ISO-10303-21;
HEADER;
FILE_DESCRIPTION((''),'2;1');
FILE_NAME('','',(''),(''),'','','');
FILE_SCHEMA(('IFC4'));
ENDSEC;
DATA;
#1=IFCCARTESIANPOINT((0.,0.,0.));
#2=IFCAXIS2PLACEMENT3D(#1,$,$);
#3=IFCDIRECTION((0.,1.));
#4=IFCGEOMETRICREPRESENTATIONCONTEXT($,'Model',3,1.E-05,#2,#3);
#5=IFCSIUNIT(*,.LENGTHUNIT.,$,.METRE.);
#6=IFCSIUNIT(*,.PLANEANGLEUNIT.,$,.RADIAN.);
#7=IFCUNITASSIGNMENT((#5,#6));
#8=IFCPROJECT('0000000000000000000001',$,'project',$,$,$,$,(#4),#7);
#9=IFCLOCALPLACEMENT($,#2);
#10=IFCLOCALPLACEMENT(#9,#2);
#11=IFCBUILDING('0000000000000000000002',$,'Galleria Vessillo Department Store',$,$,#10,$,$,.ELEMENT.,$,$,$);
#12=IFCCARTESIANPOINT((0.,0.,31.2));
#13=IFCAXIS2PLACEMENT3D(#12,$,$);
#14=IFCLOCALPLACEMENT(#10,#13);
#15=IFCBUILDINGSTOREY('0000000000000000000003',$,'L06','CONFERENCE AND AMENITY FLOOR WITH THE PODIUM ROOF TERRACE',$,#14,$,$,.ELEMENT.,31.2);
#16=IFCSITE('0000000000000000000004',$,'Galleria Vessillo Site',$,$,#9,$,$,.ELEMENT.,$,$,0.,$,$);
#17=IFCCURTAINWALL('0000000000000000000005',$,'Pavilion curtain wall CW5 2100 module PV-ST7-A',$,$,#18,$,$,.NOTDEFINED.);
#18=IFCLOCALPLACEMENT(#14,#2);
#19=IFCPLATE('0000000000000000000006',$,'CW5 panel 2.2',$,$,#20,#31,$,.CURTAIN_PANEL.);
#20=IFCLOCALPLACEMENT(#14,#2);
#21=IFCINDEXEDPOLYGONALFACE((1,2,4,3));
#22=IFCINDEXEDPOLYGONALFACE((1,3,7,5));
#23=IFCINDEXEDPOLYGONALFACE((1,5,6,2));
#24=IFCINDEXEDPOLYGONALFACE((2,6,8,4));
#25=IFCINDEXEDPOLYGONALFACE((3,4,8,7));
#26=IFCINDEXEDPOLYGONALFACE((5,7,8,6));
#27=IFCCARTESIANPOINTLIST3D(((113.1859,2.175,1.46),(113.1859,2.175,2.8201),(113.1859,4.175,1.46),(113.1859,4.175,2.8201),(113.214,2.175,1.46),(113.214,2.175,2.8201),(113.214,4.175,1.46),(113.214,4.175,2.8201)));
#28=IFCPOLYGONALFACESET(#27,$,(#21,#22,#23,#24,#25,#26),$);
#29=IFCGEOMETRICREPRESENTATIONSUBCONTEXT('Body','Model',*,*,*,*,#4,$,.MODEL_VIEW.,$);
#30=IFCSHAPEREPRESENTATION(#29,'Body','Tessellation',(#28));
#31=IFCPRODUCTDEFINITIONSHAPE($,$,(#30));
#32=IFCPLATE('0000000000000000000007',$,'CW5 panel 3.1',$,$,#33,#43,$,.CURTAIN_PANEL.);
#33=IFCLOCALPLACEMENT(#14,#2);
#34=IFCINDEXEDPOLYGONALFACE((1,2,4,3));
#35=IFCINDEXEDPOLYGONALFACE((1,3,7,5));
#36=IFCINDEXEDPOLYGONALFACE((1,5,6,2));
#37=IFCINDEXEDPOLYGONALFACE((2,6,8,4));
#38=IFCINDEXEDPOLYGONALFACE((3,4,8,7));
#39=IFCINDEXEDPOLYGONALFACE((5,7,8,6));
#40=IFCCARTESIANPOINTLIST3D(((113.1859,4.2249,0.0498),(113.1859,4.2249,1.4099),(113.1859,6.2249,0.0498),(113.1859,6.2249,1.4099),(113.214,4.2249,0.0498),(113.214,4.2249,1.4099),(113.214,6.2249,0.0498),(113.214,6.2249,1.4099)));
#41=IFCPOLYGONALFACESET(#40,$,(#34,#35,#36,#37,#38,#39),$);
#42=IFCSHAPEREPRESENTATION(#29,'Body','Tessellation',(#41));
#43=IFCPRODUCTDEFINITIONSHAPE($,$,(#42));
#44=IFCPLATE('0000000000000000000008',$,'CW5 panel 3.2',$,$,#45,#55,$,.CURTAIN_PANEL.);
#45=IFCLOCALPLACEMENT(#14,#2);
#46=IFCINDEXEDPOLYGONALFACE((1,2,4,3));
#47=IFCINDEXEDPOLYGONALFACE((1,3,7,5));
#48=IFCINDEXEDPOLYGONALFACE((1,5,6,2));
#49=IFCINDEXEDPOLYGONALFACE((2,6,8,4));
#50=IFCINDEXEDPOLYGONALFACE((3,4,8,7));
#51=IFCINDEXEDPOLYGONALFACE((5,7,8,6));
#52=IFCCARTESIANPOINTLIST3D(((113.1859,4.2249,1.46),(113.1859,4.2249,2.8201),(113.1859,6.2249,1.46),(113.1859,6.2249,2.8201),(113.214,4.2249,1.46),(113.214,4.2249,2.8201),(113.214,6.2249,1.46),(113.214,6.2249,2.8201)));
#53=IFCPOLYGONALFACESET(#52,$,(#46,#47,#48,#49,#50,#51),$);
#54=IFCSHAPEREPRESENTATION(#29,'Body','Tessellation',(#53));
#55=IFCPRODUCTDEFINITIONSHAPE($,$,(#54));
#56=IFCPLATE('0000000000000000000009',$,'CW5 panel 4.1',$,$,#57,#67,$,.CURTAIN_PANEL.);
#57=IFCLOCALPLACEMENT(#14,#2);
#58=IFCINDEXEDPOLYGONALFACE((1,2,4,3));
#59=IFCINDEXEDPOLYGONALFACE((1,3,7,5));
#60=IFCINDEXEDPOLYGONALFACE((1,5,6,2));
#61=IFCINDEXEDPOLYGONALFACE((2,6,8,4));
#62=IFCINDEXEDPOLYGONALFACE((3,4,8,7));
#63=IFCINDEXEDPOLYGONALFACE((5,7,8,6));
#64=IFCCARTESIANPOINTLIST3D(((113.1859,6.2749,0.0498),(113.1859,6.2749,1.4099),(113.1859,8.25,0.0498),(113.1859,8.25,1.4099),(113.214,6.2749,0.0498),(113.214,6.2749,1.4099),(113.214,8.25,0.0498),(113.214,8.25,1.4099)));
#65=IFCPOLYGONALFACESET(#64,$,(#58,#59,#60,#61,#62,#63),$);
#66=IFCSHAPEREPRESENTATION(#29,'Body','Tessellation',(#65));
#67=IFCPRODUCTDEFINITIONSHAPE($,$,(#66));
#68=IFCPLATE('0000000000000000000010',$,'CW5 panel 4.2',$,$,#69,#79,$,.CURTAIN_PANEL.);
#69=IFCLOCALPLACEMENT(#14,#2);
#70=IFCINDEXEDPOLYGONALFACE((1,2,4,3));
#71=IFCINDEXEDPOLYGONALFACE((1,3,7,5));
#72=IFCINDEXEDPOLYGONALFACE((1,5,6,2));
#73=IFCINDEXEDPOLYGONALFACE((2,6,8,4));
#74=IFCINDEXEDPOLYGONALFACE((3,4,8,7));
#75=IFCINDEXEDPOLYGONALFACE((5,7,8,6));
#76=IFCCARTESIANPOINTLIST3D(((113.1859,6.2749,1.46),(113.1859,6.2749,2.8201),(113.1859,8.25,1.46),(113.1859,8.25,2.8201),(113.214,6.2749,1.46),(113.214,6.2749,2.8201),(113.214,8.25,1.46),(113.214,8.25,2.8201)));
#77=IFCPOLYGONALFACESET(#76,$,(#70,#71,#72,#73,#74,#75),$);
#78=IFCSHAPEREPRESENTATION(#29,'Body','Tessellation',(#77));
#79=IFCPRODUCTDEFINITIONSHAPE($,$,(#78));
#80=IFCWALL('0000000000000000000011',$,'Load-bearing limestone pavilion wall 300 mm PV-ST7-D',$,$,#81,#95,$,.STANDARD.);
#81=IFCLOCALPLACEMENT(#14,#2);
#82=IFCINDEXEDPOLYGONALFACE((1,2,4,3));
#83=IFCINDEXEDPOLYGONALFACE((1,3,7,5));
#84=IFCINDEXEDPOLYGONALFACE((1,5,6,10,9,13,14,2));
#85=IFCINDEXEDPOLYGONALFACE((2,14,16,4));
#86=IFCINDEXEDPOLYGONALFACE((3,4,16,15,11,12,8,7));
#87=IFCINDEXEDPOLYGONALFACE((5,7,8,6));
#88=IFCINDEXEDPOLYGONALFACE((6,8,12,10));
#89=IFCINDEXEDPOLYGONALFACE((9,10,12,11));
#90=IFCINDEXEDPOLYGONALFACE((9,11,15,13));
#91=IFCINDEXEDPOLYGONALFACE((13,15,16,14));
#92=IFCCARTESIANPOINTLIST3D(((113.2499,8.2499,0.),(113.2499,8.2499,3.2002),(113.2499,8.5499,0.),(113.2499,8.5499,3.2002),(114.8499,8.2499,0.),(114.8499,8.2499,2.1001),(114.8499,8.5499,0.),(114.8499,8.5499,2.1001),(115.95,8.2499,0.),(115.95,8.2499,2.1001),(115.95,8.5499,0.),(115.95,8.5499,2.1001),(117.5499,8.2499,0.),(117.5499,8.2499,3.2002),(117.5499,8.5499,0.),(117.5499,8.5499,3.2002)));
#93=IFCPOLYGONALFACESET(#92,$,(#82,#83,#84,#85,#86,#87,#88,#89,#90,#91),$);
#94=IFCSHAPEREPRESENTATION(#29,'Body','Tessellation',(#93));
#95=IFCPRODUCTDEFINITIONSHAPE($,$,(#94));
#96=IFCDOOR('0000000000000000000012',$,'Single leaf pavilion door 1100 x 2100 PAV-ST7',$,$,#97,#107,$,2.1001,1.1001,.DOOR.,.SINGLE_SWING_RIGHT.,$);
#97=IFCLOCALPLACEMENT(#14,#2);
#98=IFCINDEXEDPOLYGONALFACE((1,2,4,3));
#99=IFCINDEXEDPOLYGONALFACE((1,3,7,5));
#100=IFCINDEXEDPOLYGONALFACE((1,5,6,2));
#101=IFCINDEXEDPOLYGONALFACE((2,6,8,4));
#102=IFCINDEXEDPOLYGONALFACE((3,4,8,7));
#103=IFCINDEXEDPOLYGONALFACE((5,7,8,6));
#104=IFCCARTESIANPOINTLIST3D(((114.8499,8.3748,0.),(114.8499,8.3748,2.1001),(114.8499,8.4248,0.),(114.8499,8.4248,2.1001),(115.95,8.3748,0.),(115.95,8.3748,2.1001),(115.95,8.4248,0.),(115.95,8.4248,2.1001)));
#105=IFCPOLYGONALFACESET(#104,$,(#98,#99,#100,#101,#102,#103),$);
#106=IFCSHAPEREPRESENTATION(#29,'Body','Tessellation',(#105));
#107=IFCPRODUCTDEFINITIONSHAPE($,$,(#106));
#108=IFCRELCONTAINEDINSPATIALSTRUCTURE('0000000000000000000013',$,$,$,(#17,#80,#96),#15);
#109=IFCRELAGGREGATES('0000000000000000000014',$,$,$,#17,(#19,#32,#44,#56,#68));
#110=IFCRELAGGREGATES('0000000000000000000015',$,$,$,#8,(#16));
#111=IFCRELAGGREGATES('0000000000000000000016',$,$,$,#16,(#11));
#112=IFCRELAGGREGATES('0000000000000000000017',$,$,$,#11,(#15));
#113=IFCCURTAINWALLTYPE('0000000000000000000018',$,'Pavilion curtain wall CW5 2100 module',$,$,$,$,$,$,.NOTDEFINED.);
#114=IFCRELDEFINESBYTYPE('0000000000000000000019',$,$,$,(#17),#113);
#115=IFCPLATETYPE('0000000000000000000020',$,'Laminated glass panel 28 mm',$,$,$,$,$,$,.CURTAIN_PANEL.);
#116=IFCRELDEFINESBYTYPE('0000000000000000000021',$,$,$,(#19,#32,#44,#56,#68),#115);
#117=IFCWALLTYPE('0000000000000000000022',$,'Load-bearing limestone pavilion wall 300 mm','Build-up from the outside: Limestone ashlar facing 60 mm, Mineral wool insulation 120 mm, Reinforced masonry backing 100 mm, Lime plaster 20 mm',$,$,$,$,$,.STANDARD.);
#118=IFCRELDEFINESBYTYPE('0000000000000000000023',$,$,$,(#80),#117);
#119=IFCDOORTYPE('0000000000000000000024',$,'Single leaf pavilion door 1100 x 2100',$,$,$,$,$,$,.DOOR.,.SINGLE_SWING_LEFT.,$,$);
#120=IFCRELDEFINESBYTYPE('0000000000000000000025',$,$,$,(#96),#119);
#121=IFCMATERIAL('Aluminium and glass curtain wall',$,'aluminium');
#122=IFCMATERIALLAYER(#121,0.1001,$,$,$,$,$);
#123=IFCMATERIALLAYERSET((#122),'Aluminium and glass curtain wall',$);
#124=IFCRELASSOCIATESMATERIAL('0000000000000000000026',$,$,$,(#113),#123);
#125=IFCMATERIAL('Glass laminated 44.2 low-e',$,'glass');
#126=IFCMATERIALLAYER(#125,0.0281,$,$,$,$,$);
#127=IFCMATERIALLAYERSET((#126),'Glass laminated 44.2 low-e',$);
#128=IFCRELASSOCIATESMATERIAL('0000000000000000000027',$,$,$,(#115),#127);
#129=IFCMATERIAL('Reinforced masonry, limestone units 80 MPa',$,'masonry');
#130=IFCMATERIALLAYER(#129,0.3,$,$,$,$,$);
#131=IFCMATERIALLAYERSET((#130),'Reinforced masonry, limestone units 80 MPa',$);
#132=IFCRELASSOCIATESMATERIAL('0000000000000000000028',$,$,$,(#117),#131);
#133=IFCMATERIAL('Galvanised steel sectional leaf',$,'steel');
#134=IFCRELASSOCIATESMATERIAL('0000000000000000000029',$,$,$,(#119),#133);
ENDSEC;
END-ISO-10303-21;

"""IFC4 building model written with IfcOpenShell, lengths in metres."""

from ifc_helpers import new_model, si_unit, direction, frame, frame_2d, origin, origin_2d, place, context, subcontext, project, spatial, rectangle, extrude, material, layer, layer_set, type_object, element, fill, aggregate, save


model = new_model("IFC4")

# Units and contexts
model_context = context("Model", 3, precision=1e-05, world=origin(), true_north=direction((0.0, 1.0)))
body_context = subcontext(model_context, "Body", "Model", "MODEL_VIEW")
ifc_project = project(units=[si_unit("LENGTHUNIT", "METRE"), si_unit("PLANEANGLEUNIT", "RADIAN")], contexts=[model_context])

# Site, building, storey
site_placement = place(None, origin())
site = spatial("IfcSite", under=ifc_project, at=site_placement, Name="Galleria Vessillo Site", CompositionType="ELEMENT", RefElevation=0.0)
building_placement = place(site_placement, origin())
building = spatial("IfcBuilding", under=site, at=building_placement, Name="Galleria Vessillo Department Store", CompositionType="ELEMENT")
storey_placement = place(building_placement, frame((0.0, 0.0, 31.2)))
storey = spatial("IfcBuildingStorey", under=building, at=storey_placement, Name="L06", Description="CONFERENCE AND AMENITY FLOOR WITH THE PODIUM ROOF TERRACE", CompositionType="ELEMENT", Elevation=31.2)

# Curtain wall
ifc_material_1 = material(Name="Aluminium and glass curtain wall", Category="aluminium")
ifc_layer_1 = layer(ifc_material_1, 0.1001)
ifc_layer_set_1 = layer_set([ifc_layer_1], Name="Aluminium and glass curtain wall")
curtain_wall_type = type_object("IfcCurtainWallType", Name="Pavilion curtain wall CW5 2100 module", PredefinedType="NOTDEFINED", material=ifc_layer_set_1)
curtain_wall_1_placement = place(storey_placement, origin())
curtain_wall_1 = element("IfcCurtainWall", 1, at=curtain_wall_1_placement, inside=storey, type_object=curtain_wall_type, Name="Pavilion curtain wall CW5 2100 module PV-ST7-A", PredefinedType="NOTDEFINED")

# Plates
ifc_material_2 = material(Name="Glass laminated 44.2 low-e", Category="glass")
ifc_layer_2 = layer(ifc_material_2, 0.0281)
ifc_layer_set_2 = layer_set([ifc_layer_2], Name="Glass laminated 44.2 low-e")
plate_type = type_object("IfcPlateType", Name="Laminated glass panel 28 mm", PredefinedType="CURTAIN_PANEL", material=ifc_layer_set_2)
plate_1_placement = place(storey_placement, frame((113.2, 3.175, 1.46), z_axis=(0.0, 0.0, 1.0), x_axis=(0.0, 1.0, 0.0)))
plate_1 = element("IfcPlate", 2, at=plate_1_placement, type_object=plate_type, Name="CW5 panel 2.2", PredefinedType="CURTAIN_PANEL", context=body_context, shape_type="SweptSolid", body=[
    extrude(rectangle(XDim=2.0, YDim=0.0281, at=origin_2d()), origin(), (0.0, 0.0, 1.0), 1.3601),
])
plate_2_placement = place(storey_placement, frame((113.2, 5.2249, 0.0498), z_axis=(0.0, 0.0, 1.0), x_axis=(0.0, 1.0, 0.0)))
plate_2 = element("IfcPlate", 3, at=plate_2_placement, type_object=plate_type, Name="CW5 panel 3.1", PredefinedType="CURTAIN_PANEL", context=body_context, shape_type="SweptSolid", body=[
    extrude(rectangle(XDim=2.0, YDim=0.0281, at=origin_2d()), origin(), (0.0, 0.0, 1.0), 1.3601),
])
plate_3_placement = place(storey_placement, frame((113.2, 5.2249, 1.46), z_axis=(0.0, 0.0, 1.0), x_axis=(0.0, 1.0, 0.0)))
plate_3 = element("IfcPlate", 4, at=plate_3_placement, type_object=plate_type, Name="CW5 panel 3.2", PredefinedType="CURTAIN_PANEL", context=body_context, shape_type="SweptSolid", body=[
    extrude(rectangle(XDim=2.0, YDim=0.0281, at=origin_2d()), origin(), (0.0, 0.0, 1.0), 1.3601),
])
plate_4_placement = place(storey_placement, frame((113.2, 7.2625, 0.0498), z_axis=(0.0, 0.0, 1.0), x_axis=(0.0, 1.0, 0.0)))
plate_4 = element("IfcPlate", 5, at=plate_4_placement, type_object=plate_type, Name="CW5 panel 4.1", PredefinedType="CURTAIN_PANEL", context=body_context, shape_type="SweptSolid", body=[
    extrude(rectangle(XDim=1.9751, YDim=0.0281, at=origin_2d()), origin(), (0.0, 0.0, 1.0), 1.3601),
])
plate_5_placement = place(storey_placement, frame((113.2, 7.2625, 1.46), z_axis=(0.0, 0.0, 1.0), x_axis=(0.0, 1.0, 0.0)))
plate_5 = element("IfcPlate", 6, at=plate_5_placement, type_object=plate_type, Name="CW5 panel 4.2", PredefinedType="CURTAIN_PANEL", context=body_context, shape_type="SweptSolid", body=[
    extrude(rectangle(XDim=1.9751, YDim=0.0281, at=origin_2d()), origin(), (0.0, 0.0, 1.0), 1.3601),
])
aggregate(curtain_wall_1, [plate_1, plate_2, plate_3, plate_4, plate_5])

# Wall, opening, door
ifc_material_3 = material(Name="Reinforced masonry, limestone units 80 MPa", Category="masonry")
ifc_layer_3 = layer(ifc_material_3, 0.3)
ifc_layer_set_3 = layer_set([ifc_layer_3], Name="Reinforced masonry, limestone units 80 MPa")
wall_type = type_object("IfcWallType", Name="Load-bearing limestone pavilion wall 300 mm", Description="Build-up from the outside: Limestone ashlar facing 60 mm, Mineral wool insulation 120 mm, Reinforced masonry backing 100 mm, Lime plaster 20 mm", PredefinedType="STANDARD", material=ifc_layer_set_3)
wall_placement = place(storey_placement, frame((113.25, 8.3999, 0.0), z_axis=(0.0, 0.0, 1.0), x_axis=(1.0, 0.0, 0.0)))
wall = element("IfcWall", 7, at=wall_placement, inside=storey, type_object=wall_type, Name="Load-bearing limestone pavilion wall 300 mm PV-ST7-D", PredefinedType="STANDARD", context=body_context, shape_type="SweptSolid", body=[
    extrude(rectangle(XDim=4.3, YDim=0.3, at=frame_2d((2.1499, 0.0))), origin(), (0.0, 0.0, 1.0), 3.2002),
])
opening_placement = place(wall_placement, frame((1.5999, 0.0, 0.0)))
opening = element("IfcOpeningElement", 8, at=opening_placement, cuts=wall, PredefinedType="OPENING", context=body_context, shape_type="SweptSolid", body=[
    extrude(rectangle(XDim=1.1001, YDim=2.1001, at=frame_2d((0.55, 1.05))), frame((0.0, 0.1602, 0.0), z_axis=(0.0, -1.0, 0.0), x_axis=(1.0, 0.0, 0.0)), (0.0, 0.0, 1.0), 0.3201),
])
ifc_material_4 = material(Name="Galvanised steel sectional leaf", Category="steel")
door_type = type_object("IfcDoorType", Name="Single leaf pavilion door 1100 x 2100", OperationType="SINGLE_SWING_LEFT", PredefinedType="DOOR", material=ifc_material_4)
door_placement = place(opening_placement, origin())
door = element("IfcDoor", 9, at=door_placement, inside=storey, type_object=door_type, Name="Single leaf pavilion door 1100 x 2100 PAV-ST7", OperationType="SINGLE_SWING_RIGHT", OverallHeight=2.1001, OverallWidth=1.1001, PredefinedType="DOOR", context=body_context, shape_type="SweptSolid", body=[
    extrude(rectangle(XDim=1.1001, YDim=2.1001, at=frame_2d((0.55, 1.05))), frame((0.0, 0.0249, 0.0), z_axis=(0.0, -1.0, 0.0), x_axis=(1.0, 0.0, 0.0)), (0.0, 0.0, 1.0), 0.05),
])
fill(opening, door)

save(model, "model.ifc")
